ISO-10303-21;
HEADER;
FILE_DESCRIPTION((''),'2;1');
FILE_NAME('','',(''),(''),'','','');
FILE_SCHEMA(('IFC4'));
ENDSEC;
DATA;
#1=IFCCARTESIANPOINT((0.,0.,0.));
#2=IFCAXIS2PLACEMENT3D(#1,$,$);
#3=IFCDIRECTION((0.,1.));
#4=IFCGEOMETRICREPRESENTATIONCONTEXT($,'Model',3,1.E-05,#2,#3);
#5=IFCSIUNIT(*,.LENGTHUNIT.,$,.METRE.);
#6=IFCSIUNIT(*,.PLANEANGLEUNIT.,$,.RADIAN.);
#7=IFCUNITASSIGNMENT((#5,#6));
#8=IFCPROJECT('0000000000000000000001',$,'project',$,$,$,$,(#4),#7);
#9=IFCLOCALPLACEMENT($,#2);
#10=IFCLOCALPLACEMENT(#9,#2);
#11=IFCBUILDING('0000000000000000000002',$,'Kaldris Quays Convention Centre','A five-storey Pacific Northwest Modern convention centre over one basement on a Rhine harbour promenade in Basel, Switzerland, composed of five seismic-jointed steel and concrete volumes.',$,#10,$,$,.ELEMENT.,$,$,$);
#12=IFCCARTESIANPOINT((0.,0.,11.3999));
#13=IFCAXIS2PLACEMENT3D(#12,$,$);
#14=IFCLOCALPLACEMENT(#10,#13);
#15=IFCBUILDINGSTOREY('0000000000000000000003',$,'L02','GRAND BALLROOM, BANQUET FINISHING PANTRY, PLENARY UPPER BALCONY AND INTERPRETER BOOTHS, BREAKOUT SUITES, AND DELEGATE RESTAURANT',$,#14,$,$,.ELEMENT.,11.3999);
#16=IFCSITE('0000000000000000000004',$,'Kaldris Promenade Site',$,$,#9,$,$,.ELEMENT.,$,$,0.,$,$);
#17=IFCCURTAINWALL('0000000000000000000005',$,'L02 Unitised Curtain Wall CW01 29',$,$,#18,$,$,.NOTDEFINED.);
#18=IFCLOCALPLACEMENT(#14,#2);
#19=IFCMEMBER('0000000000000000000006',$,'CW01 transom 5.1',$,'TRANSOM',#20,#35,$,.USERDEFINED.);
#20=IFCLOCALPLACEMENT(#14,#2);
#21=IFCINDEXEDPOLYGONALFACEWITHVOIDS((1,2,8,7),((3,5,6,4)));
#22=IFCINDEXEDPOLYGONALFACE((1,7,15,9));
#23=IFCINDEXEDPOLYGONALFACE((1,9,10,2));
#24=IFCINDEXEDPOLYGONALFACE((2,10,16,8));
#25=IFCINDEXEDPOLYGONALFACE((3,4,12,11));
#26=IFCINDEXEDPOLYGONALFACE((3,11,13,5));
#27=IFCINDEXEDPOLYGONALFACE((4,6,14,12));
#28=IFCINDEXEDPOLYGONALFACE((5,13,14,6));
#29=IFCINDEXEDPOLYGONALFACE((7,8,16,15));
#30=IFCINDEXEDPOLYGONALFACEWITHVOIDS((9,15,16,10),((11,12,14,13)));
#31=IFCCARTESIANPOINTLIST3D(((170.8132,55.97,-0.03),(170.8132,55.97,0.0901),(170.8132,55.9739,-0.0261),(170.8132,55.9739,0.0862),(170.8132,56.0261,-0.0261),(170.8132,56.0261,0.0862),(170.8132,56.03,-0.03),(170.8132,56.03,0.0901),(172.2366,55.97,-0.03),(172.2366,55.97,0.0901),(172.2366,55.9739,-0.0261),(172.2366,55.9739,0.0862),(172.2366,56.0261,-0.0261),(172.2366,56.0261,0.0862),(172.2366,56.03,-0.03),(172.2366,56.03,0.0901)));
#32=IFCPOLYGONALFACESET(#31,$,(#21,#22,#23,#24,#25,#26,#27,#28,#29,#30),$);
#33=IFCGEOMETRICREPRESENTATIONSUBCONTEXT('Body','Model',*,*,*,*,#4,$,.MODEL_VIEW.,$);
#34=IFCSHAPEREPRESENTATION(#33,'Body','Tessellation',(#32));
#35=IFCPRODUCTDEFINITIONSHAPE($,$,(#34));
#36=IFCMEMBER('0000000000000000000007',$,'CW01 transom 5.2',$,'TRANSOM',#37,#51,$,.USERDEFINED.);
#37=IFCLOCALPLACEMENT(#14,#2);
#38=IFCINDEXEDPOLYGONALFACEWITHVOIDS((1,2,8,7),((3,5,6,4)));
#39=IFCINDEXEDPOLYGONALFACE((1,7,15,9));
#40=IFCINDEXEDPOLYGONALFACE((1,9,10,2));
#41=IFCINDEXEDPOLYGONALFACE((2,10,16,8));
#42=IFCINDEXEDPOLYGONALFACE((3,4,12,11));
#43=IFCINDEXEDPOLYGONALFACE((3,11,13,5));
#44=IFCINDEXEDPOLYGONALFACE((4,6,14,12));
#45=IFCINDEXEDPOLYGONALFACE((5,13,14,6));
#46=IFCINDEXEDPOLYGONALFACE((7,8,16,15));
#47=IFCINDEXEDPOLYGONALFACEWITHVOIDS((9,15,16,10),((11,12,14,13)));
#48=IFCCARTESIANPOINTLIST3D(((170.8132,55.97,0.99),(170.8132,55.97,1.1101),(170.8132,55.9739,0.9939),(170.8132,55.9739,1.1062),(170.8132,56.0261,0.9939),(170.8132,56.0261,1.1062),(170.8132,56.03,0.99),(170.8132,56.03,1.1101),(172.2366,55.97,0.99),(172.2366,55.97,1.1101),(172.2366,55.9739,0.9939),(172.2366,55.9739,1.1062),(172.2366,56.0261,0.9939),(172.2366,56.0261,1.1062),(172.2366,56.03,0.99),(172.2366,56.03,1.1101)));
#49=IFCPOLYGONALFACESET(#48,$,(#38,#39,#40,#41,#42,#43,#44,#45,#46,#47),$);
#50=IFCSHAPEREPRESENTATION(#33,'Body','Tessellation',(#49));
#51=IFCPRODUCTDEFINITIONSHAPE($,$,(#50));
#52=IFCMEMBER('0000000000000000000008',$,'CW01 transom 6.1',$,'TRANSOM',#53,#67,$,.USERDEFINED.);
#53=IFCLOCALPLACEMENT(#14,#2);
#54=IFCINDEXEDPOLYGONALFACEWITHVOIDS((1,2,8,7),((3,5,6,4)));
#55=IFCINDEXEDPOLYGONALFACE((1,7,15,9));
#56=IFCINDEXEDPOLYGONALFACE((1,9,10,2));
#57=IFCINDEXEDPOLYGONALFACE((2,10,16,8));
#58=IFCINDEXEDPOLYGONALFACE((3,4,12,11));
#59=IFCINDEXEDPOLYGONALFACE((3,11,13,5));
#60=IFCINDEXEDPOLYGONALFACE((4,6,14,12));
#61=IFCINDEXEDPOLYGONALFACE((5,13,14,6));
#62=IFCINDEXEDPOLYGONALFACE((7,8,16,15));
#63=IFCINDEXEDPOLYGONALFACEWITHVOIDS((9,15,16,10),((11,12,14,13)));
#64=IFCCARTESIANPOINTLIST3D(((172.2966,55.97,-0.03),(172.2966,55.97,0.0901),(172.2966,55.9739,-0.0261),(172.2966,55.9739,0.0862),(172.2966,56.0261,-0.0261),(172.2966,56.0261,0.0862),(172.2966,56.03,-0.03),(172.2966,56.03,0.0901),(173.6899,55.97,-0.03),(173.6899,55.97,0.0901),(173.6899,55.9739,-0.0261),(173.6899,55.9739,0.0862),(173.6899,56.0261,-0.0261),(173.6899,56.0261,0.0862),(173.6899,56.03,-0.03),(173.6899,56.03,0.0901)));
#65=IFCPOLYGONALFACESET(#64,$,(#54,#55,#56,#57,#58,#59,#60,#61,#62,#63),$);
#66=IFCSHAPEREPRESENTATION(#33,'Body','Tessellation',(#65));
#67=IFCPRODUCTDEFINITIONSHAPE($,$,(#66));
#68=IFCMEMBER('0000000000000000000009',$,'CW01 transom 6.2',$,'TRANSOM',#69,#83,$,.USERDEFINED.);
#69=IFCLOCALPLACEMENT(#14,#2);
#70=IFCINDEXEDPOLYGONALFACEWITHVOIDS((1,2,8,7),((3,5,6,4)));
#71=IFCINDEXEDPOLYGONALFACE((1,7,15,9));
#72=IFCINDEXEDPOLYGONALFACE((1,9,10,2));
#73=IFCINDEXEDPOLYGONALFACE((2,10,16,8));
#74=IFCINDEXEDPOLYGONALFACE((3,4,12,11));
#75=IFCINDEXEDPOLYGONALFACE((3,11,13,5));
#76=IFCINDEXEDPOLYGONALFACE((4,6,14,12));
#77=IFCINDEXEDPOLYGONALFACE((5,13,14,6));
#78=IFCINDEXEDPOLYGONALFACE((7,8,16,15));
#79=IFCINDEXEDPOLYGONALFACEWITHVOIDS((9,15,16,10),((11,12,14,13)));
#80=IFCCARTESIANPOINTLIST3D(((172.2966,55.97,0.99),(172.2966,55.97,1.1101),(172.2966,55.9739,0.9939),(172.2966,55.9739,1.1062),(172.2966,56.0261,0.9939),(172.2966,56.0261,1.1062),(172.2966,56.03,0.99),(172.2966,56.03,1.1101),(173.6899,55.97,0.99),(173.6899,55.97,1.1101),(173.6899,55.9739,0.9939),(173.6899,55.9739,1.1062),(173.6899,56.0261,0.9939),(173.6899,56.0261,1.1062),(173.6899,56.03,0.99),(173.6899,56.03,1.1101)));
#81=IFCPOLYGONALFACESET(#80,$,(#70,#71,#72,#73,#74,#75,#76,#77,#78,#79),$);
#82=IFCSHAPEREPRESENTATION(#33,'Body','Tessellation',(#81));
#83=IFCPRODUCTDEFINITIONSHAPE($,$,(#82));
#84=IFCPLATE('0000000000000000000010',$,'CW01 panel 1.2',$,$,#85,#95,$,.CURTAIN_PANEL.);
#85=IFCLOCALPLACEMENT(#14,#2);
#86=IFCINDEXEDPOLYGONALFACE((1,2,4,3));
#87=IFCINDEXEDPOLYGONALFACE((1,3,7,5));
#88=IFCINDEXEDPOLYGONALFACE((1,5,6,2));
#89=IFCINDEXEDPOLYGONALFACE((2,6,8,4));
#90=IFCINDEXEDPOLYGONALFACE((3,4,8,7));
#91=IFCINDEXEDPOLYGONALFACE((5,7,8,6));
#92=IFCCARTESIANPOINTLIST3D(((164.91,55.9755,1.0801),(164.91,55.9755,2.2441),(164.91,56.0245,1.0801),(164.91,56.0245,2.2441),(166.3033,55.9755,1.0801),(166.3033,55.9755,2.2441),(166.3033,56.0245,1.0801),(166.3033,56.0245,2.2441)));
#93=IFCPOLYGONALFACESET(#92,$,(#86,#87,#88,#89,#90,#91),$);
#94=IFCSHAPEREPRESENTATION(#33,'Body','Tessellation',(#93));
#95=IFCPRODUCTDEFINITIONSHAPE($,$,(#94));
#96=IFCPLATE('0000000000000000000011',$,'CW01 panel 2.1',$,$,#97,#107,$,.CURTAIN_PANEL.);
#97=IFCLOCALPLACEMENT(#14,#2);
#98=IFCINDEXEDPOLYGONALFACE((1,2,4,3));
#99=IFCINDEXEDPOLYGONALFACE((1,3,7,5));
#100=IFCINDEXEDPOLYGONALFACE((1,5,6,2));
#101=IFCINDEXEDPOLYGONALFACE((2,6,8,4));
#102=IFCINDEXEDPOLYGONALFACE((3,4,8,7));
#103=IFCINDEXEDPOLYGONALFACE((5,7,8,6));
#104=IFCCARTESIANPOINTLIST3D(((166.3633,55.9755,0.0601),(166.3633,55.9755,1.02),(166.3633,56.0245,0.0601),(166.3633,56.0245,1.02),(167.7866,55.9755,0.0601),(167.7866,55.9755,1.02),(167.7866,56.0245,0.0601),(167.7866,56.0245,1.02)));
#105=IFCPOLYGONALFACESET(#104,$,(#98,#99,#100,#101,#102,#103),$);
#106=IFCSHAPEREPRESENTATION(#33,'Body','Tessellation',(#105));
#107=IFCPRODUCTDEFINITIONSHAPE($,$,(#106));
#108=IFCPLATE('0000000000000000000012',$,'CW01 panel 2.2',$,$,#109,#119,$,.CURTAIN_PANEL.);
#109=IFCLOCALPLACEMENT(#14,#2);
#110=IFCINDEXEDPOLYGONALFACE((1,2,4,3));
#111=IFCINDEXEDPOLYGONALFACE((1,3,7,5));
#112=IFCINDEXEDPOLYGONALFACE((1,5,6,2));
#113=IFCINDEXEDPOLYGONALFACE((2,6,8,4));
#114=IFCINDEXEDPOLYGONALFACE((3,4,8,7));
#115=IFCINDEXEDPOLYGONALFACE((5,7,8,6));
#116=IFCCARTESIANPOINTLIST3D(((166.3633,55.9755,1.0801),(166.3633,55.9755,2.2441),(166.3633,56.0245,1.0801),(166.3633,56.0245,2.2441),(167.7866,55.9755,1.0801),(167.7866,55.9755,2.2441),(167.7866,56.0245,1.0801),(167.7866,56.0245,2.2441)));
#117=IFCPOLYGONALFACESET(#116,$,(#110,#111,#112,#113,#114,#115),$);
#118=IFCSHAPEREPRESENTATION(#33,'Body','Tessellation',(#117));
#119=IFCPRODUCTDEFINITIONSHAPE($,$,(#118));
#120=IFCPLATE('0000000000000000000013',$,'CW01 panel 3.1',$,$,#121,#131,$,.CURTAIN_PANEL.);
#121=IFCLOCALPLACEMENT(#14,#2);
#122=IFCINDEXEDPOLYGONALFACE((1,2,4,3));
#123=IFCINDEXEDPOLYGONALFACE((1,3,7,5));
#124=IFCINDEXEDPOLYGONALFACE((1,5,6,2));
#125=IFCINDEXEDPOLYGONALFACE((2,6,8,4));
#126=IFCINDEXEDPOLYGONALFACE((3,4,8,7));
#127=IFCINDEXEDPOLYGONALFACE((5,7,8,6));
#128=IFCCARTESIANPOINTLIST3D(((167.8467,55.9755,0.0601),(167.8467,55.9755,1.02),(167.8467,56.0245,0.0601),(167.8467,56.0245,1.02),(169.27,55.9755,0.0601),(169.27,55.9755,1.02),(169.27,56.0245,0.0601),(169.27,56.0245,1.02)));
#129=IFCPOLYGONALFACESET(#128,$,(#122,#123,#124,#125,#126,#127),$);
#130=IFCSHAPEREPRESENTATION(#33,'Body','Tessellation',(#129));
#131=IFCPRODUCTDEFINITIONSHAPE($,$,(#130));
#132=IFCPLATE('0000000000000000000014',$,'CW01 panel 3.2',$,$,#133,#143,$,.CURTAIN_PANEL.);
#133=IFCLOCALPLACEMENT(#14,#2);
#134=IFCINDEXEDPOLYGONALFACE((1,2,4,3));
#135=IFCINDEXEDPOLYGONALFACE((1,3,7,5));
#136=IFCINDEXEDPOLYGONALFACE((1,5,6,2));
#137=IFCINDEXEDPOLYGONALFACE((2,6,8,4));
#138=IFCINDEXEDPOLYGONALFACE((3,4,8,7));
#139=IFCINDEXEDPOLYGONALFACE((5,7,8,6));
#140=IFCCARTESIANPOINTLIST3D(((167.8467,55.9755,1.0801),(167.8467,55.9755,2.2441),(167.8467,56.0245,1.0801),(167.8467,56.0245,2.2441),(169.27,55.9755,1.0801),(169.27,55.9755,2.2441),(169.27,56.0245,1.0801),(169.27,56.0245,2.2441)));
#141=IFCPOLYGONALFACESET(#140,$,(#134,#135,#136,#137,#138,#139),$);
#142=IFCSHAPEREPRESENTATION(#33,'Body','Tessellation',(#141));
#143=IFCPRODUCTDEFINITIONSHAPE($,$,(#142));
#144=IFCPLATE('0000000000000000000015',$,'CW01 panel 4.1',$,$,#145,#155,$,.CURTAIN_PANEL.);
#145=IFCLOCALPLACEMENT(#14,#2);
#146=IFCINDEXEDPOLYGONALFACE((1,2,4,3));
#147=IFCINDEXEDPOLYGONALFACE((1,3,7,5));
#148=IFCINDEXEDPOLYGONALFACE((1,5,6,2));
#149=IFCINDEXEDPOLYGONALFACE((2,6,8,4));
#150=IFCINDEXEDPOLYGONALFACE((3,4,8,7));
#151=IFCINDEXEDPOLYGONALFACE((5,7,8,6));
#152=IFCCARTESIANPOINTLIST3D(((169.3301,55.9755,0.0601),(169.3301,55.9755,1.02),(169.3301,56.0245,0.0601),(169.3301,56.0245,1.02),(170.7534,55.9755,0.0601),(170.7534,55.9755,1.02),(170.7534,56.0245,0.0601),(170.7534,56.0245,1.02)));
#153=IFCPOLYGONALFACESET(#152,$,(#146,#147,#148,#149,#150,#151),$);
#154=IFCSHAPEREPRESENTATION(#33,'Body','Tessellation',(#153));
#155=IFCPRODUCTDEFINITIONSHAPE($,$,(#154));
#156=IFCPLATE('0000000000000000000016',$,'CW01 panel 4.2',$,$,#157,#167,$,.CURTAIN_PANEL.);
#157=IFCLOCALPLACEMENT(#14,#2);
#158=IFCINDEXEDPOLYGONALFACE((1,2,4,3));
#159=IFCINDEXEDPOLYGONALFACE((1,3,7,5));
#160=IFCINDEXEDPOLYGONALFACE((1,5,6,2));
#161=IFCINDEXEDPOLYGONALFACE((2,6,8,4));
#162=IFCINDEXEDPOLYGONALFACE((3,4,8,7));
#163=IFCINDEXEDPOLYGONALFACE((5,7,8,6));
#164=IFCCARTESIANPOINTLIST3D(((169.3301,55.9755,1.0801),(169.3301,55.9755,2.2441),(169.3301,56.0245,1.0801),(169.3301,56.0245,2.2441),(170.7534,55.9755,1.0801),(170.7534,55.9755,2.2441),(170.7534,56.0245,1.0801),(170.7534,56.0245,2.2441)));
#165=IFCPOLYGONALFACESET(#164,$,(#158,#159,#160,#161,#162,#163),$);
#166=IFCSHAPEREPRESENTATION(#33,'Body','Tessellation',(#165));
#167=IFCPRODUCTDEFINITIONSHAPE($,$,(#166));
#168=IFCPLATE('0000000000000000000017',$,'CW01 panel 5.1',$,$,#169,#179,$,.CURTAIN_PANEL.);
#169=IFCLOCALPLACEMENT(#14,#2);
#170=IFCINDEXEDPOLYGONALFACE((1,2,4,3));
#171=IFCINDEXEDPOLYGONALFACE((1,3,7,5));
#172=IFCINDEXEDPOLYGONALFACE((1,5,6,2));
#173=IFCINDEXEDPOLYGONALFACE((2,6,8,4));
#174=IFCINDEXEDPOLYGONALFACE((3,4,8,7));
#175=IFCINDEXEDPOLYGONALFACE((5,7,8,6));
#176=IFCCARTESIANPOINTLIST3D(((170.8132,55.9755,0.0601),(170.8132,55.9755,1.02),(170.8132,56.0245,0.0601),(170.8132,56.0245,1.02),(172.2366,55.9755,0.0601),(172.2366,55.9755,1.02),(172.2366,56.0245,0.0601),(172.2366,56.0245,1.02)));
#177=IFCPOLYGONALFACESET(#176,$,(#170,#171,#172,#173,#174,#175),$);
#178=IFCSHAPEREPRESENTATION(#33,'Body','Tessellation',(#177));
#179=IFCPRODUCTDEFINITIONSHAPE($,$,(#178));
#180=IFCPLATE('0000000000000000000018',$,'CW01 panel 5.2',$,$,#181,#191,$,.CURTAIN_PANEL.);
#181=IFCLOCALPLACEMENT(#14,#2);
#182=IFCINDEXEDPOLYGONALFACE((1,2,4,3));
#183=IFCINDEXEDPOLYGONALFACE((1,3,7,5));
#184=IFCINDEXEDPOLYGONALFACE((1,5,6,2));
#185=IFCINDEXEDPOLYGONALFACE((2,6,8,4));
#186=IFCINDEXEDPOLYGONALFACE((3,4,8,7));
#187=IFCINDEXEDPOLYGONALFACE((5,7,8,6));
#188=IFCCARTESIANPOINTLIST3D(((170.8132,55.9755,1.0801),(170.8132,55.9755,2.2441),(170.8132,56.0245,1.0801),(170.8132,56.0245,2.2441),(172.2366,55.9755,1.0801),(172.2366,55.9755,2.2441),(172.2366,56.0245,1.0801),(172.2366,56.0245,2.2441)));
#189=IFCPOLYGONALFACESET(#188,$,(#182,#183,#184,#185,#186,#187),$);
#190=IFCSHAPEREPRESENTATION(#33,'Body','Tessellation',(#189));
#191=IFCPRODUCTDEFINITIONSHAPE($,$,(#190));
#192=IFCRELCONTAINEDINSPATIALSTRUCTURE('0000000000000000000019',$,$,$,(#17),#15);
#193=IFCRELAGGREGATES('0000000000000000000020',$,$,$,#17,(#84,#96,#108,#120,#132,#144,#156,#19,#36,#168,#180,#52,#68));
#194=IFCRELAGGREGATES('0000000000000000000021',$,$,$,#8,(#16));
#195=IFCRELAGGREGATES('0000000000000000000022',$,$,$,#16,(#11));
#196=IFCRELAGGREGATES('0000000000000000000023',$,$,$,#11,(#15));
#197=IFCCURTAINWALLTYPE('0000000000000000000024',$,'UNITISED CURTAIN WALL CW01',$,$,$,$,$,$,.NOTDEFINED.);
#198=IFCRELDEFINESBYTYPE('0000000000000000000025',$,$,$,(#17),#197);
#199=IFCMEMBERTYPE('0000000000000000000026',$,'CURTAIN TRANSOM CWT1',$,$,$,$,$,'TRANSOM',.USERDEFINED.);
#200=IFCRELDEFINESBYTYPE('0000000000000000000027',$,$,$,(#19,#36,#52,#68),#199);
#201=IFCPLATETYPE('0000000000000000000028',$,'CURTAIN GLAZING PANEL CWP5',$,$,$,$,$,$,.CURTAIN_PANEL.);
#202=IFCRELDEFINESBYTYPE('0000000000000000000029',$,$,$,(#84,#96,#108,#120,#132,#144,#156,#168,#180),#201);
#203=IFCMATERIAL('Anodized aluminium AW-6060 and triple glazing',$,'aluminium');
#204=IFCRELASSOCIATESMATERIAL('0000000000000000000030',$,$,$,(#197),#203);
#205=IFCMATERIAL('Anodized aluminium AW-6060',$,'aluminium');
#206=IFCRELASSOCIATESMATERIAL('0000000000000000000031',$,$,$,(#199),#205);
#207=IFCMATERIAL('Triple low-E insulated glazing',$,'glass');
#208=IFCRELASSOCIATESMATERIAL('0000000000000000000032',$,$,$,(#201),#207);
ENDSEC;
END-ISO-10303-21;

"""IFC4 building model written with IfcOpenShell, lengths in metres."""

from ifc_helpers import new_model, si_unit, direction, frame, origin, origin_2d, place, context, subcontext, project, spatial, rectangle, hollow_rectangle, extrude, material, material_profile, profile_set, type_object, element, aggregate, save


model = new_model("IFC4")

# Units and contexts
model_context = context("Model", 3, precision=1e-05, world=origin(), true_north=direction((0.0, 1.0)))
body_context = subcontext(model_context, "Body", "Model", "MODEL_VIEW")
ifc_project = project(units=[si_unit("LENGTHUNIT", "METRE"), si_unit("PLANEANGLEUNIT", "RADIAN")], contexts=[model_context])

# Site, building, storey
site_placement = place(None, origin())
site = spatial("IfcSite", under=ifc_project, at=site_placement, Name="Kaldris Promenade Site", CompositionType="ELEMENT", RefElevation=0.0)
building_placement = place(site_placement, origin())
building = spatial("IfcBuilding", under=site, at=building_placement, Name="Kaldris Quays Convention Centre", Description="A five-storey Pacific Northwest Modern convention centre over one basement on a Rhine harbour promenade in Basel, Switzerland, composed of five seismic-jointed steel and concrete volumes.", CompositionType="ELEMENT")
storey_placement = place(building_placement, frame((0.0, 0.0, 11.3999)))
storey = spatial("IfcBuildingStorey", under=building, at=storey_placement, Name="L02", Description="GRAND BALLROOM, BANQUET FINISHING PANTRY, PLENARY UPPER BALCONY AND INTERPRETER BOOTHS, BREAKOUT SUITES, AND DELEGATE RESTAURANT", CompositionType="ELEMENT", Elevation=11.3999)

# Curtain wall, members, plates
ifc_material_1 = material(Name="Anodized aluminium AW-6060 and triple glazing", Category="aluminium")
curtain_wall_type = type_object("IfcCurtainWallType", Name="UNITISED CURTAIN WALL CW01", PredefinedType="NOTDEFINED", material=ifc_material_1)
curtain_wall_placement = place(storey_placement, origin())
curtain_wall = element("IfcCurtainWall", 1, at=curtain_wall_placement, inside=storey, type_object=curtain_wall_type, Name="L02 Unitised Curtain Wall CW01 29", PredefinedType="NOTDEFINED")
ifc_material_2 = material(Name="Anodized aluminium AW-6060", Category="aluminium")
ifc_material_profile_1 = material_profile(ifc_material_2, hollow_rectangle(XDim=0.0601, YDim=0.1201, WallThickness=0.0039, at=origin_2d()), Name="RHS 120x60x4")
ifc_profile_set_1 = profile_set([ifc_material_profile_1], Name="Anodized aluminium AW-6060")
member_type_1 = type_object("IfcMemberType", Name="CURTAIN TRANSOM CWT1", ElementType="TRANSOM", PredefinedType="USERDEFINED", material=ifc_profile_set_1)
member_1_placement = place(storey_placement, frame((170.8132, 56.0, 0.03), z_axis=(1.0, 0.0, 0.0), x_axis=(0.0, 1.0, 0.0)))
member_1 = element("IfcMember", 2, at=member_1_placement, type_object=member_type_1, Name="CW01 transom 5.1", ObjectType="TRANSOM", PredefinedType="USERDEFINED", context=body_context, shape_type="SweptSolid", body=[
    extrude(hollow_rectangle(XDim=0.0601, YDim=0.1201, WallThickness=0.0039, at=origin_2d()), origin(), (0.0, 0.0, 1.0), 1.4233),
])
member_2_placement = place(storey_placement, frame((170.8132, 56.0, 1.05), z_axis=(1.0, 0.0, 0.0), x_axis=(0.0, 1.0, 0.0)))
member_2 = element("IfcMember", 3, at=member_2_placement, type_object=member_type_1, Name="CW01 transom 5.2", ObjectType="TRANSOM", PredefinedType="USERDEFINED", context=body_context, shape_type="SweptSolid", body=[
    extrude(hollow_rectangle(XDim=0.0601, YDim=0.1201, WallThickness=0.0039, at=origin_2d()), origin(), (0.0, 0.0, 1.0), 1.4233),
])
member_3_placement = place(storey_placement, frame((172.2966, 56.0, 0.03), z_axis=(1.0, 0.0, 0.0), x_axis=(0.0, 1.0, 0.0)))
member_3 = element("IfcMember", 4, at=member_3_placement, type_object=member_type_1, Name="CW01 transom 6.1", ObjectType="TRANSOM", PredefinedType="USERDEFINED", context=body_context, shape_type="SweptSolid", body=[
    extrude(hollow_rectangle(XDim=0.0601, YDim=0.1201, WallThickness=0.0039, at=origin_2d()), origin(), (0.0, 0.0, 1.0), 1.3933),
])
member_4_placement = place(storey_placement, frame((172.2966, 56.0, 1.05), z_axis=(1.0, 0.0, 0.0), x_axis=(0.0, 1.0, 0.0)))
member_4 = element("IfcMember", 5, at=member_4_placement, type_object=member_type_1, Name="CW01 transom 6.2", ObjectType="TRANSOM", PredefinedType="USERDEFINED", context=body_context, shape_type="SweptSolid", body=[
    extrude(hollow_rectangle(XDim=0.0601, YDim=0.1201, WallThickness=0.0039, at=origin_2d()), origin(), (0.0, 0.0, 1.0), 1.3933),
])
ifc_material_3 = material(Name="Triple low-E insulated glazing", Category="glass")
plate_type = type_object("IfcPlateType", Name="CURTAIN GLAZING PANEL CWP5", PredefinedType="CURTAIN_PANEL", material=ifc_material_3)
plate_1_placement = place(storey_placement, frame((165.6067, 56.0, 1.0801), z_axis=(0.0, 0.0, 1.0), x_axis=(1.0, 0.0, 0.0)))
plate_1 = element("IfcPlate", 6, at=plate_1_placement, type_object=plate_type, Name="CW01 panel 1.2", PredefinedType="CURTAIN_PANEL", context=body_context, shape_type="SweptSolid", body=[
    extrude(rectangle(XDim=1.3933, YDim=0.0491, at=origin_2d()), origin(), (0.0, 0.0, 1.0), 1.1641),
])
plate_2_placement = place(storey_placement, frame((167.075, 56.0, 0.0601), z_axis=(0.0, 0.0, 1.0), x_axis=(1.0, 0.0, 0.0)))
plate_2 = element("IfcPlate", 7, at=plate_2_placement, type_object=plate_type, Name="CW01 panel 2.1", PredefinedType="CURTAIN_PANEL", context=body_context, shape_type="SweptSolid", body=[
    extrude(rectangle(XDim=1.4233, YDim=0.0491, at=origin_2d()), origin(), (0.0, 0.0, 1.0), 0.96),
])
plate_3_placement = place(storey_placement, frame((167.075, 56.0, 1.0801), z_axis=(0.0, 0.0, 1.0), x_axis=(1.0, 0.0, 0.0)))
plate_3 = element("IfcPlate", 8, at=plate_3_placement, type_object=plate_type, Name="CW01 panel 2.2", PredefinedType="CURTAIN_PANEL", context=body_context, shape_type="SweptSolid", body=[
    extrude(rectangle(XDim=1.4233, YDim=0.0491, at=origin_2d()), origin(), (0.0, 0.0, 1.0), 1.1641),
])
plate_4_placement = place(storey_placement, frame((168.5583, 56.0, 0.0601), z_axis=(0.0, 0.0, 1.0), x_axis=(1.0, 0.0, 0.0)))
plate_4 = element("IfcPlate", 9, at=plate_4_placement, type_object=plate_type, Name="CW01 panel 3.1", PredefinedType="CURTAIN_PANEL", context=body_context, shape_type="SweptSolid", body=[
    extrude(rectangle(XDim=1.4233, YDim=0.0491, at=origin_2d()), origin(), (0.0, 0.0, 1.0), 0.96),
])
plate_5_placement = place(storey_placement, frame((168.5583, 56.0, 1.0801), z_axis=(0.0, 0.0, 1.0), x_axis=(1.0, 0.0, 0.0)))
plate_5 = element("IfcPlate", 10, at=plate_5_placement, type_object=plate_type, Name="CW01 panel 3.2", PredefinedType="CURTAIN_PANEL", context=body_context, shape_type="SweptSolid", body=[
    extrude(rectangle(XDim=1.4233, YDim=0.0491, at=origin_2d()), origin(), (0.0, 0.0, 1.0), 1.1641),
])
plate_6_placement = place(storey_placement, frame((170.0417, 56.0, 0.0601), z_axis=(0.0, 0.0, 1.0), x_axis=(1.0, 0.0, 0.0)))
plate_6 = element("IfcPlate", 11, at=plate_6_placement, type_object=plate_type, Name="CW01 panel 4.1", PredefinedType="CURTAIN_PANEL", context=body_context, shape_type="SweptSolid", body=[
    extrude(rectangle(XDim=1.4233, YDim=0.0491, at=origin_2d()), origin(), (0.0, 0.0, 1.0), 0.96),
])
plate_7_placement = place(storey_placement, frame((170.0417, 56.0, 1.0801), z_axis=(0.0, 0.0, 1.0), x_axis=(1.0, 0.0, 0.0)))
plate_7 = element("IfcPlate", 12, at=plate_7_placement, type_object=plate_type, Name="CW01 panel 4.2", PredefinedType="CURTAIN_PANEL", context=body_context, shape_type="SweptSolid", body=[
    extrude(rectangle(XDim=1.4233, YDim=0.0491, at=origin_2d()), origin(), (0.0, 0.0, 1.0), 1.1641),
])
plate_8_placement = place(storey_placement, frame((171.5249, 56.0, 0.0601), z_axis=(0.0, 0.0, 1.0), x_axis=(1.0, 0.0, 0.0)))
plate_8 = element("IfcPlate", 13, at=plate_8_placement, type_object=plate_type, Name="CW01 panel 5.1", PredefinedType="CURTAIN_PANEL", context=body_context, shape_type="SweptSolid", body=[
    extrude(rectangle(XDim=1.4233, YDim=0.0491, at=origin_2d()), origin(), (0.0, 0.0, 1.0), 0.96),
])
plate_9_placement = place(storey_placement, frame((171.5249, 56.0, 1.0801), z_axis=(0.0, 0.0, 1.0), x_axis=(1.0, 0.0, 0.0)))
plate_9 = element("IfcPlate", 14, at=plate_9_placement, type_object=plate_type, Name="CW01 panel 5.2", PredefinedType="CURTAIN_PANEL", context=body_context, shape_type="SweptSolid", body=[
    extrude(rectangle(XDim=1.4233, YDim=0.0491, at=origin_2d()), origin(), (0.0, 0.0, 1.0), 1.1641),
])
aggregate(curtain_wall, [plate_1, plate_2, plate_3, plate_4, plate_5, plate_6, plate_7, member_1, member_2, plate_8, plate_9, member_3, member_4])

save(model, "model.ifc")
